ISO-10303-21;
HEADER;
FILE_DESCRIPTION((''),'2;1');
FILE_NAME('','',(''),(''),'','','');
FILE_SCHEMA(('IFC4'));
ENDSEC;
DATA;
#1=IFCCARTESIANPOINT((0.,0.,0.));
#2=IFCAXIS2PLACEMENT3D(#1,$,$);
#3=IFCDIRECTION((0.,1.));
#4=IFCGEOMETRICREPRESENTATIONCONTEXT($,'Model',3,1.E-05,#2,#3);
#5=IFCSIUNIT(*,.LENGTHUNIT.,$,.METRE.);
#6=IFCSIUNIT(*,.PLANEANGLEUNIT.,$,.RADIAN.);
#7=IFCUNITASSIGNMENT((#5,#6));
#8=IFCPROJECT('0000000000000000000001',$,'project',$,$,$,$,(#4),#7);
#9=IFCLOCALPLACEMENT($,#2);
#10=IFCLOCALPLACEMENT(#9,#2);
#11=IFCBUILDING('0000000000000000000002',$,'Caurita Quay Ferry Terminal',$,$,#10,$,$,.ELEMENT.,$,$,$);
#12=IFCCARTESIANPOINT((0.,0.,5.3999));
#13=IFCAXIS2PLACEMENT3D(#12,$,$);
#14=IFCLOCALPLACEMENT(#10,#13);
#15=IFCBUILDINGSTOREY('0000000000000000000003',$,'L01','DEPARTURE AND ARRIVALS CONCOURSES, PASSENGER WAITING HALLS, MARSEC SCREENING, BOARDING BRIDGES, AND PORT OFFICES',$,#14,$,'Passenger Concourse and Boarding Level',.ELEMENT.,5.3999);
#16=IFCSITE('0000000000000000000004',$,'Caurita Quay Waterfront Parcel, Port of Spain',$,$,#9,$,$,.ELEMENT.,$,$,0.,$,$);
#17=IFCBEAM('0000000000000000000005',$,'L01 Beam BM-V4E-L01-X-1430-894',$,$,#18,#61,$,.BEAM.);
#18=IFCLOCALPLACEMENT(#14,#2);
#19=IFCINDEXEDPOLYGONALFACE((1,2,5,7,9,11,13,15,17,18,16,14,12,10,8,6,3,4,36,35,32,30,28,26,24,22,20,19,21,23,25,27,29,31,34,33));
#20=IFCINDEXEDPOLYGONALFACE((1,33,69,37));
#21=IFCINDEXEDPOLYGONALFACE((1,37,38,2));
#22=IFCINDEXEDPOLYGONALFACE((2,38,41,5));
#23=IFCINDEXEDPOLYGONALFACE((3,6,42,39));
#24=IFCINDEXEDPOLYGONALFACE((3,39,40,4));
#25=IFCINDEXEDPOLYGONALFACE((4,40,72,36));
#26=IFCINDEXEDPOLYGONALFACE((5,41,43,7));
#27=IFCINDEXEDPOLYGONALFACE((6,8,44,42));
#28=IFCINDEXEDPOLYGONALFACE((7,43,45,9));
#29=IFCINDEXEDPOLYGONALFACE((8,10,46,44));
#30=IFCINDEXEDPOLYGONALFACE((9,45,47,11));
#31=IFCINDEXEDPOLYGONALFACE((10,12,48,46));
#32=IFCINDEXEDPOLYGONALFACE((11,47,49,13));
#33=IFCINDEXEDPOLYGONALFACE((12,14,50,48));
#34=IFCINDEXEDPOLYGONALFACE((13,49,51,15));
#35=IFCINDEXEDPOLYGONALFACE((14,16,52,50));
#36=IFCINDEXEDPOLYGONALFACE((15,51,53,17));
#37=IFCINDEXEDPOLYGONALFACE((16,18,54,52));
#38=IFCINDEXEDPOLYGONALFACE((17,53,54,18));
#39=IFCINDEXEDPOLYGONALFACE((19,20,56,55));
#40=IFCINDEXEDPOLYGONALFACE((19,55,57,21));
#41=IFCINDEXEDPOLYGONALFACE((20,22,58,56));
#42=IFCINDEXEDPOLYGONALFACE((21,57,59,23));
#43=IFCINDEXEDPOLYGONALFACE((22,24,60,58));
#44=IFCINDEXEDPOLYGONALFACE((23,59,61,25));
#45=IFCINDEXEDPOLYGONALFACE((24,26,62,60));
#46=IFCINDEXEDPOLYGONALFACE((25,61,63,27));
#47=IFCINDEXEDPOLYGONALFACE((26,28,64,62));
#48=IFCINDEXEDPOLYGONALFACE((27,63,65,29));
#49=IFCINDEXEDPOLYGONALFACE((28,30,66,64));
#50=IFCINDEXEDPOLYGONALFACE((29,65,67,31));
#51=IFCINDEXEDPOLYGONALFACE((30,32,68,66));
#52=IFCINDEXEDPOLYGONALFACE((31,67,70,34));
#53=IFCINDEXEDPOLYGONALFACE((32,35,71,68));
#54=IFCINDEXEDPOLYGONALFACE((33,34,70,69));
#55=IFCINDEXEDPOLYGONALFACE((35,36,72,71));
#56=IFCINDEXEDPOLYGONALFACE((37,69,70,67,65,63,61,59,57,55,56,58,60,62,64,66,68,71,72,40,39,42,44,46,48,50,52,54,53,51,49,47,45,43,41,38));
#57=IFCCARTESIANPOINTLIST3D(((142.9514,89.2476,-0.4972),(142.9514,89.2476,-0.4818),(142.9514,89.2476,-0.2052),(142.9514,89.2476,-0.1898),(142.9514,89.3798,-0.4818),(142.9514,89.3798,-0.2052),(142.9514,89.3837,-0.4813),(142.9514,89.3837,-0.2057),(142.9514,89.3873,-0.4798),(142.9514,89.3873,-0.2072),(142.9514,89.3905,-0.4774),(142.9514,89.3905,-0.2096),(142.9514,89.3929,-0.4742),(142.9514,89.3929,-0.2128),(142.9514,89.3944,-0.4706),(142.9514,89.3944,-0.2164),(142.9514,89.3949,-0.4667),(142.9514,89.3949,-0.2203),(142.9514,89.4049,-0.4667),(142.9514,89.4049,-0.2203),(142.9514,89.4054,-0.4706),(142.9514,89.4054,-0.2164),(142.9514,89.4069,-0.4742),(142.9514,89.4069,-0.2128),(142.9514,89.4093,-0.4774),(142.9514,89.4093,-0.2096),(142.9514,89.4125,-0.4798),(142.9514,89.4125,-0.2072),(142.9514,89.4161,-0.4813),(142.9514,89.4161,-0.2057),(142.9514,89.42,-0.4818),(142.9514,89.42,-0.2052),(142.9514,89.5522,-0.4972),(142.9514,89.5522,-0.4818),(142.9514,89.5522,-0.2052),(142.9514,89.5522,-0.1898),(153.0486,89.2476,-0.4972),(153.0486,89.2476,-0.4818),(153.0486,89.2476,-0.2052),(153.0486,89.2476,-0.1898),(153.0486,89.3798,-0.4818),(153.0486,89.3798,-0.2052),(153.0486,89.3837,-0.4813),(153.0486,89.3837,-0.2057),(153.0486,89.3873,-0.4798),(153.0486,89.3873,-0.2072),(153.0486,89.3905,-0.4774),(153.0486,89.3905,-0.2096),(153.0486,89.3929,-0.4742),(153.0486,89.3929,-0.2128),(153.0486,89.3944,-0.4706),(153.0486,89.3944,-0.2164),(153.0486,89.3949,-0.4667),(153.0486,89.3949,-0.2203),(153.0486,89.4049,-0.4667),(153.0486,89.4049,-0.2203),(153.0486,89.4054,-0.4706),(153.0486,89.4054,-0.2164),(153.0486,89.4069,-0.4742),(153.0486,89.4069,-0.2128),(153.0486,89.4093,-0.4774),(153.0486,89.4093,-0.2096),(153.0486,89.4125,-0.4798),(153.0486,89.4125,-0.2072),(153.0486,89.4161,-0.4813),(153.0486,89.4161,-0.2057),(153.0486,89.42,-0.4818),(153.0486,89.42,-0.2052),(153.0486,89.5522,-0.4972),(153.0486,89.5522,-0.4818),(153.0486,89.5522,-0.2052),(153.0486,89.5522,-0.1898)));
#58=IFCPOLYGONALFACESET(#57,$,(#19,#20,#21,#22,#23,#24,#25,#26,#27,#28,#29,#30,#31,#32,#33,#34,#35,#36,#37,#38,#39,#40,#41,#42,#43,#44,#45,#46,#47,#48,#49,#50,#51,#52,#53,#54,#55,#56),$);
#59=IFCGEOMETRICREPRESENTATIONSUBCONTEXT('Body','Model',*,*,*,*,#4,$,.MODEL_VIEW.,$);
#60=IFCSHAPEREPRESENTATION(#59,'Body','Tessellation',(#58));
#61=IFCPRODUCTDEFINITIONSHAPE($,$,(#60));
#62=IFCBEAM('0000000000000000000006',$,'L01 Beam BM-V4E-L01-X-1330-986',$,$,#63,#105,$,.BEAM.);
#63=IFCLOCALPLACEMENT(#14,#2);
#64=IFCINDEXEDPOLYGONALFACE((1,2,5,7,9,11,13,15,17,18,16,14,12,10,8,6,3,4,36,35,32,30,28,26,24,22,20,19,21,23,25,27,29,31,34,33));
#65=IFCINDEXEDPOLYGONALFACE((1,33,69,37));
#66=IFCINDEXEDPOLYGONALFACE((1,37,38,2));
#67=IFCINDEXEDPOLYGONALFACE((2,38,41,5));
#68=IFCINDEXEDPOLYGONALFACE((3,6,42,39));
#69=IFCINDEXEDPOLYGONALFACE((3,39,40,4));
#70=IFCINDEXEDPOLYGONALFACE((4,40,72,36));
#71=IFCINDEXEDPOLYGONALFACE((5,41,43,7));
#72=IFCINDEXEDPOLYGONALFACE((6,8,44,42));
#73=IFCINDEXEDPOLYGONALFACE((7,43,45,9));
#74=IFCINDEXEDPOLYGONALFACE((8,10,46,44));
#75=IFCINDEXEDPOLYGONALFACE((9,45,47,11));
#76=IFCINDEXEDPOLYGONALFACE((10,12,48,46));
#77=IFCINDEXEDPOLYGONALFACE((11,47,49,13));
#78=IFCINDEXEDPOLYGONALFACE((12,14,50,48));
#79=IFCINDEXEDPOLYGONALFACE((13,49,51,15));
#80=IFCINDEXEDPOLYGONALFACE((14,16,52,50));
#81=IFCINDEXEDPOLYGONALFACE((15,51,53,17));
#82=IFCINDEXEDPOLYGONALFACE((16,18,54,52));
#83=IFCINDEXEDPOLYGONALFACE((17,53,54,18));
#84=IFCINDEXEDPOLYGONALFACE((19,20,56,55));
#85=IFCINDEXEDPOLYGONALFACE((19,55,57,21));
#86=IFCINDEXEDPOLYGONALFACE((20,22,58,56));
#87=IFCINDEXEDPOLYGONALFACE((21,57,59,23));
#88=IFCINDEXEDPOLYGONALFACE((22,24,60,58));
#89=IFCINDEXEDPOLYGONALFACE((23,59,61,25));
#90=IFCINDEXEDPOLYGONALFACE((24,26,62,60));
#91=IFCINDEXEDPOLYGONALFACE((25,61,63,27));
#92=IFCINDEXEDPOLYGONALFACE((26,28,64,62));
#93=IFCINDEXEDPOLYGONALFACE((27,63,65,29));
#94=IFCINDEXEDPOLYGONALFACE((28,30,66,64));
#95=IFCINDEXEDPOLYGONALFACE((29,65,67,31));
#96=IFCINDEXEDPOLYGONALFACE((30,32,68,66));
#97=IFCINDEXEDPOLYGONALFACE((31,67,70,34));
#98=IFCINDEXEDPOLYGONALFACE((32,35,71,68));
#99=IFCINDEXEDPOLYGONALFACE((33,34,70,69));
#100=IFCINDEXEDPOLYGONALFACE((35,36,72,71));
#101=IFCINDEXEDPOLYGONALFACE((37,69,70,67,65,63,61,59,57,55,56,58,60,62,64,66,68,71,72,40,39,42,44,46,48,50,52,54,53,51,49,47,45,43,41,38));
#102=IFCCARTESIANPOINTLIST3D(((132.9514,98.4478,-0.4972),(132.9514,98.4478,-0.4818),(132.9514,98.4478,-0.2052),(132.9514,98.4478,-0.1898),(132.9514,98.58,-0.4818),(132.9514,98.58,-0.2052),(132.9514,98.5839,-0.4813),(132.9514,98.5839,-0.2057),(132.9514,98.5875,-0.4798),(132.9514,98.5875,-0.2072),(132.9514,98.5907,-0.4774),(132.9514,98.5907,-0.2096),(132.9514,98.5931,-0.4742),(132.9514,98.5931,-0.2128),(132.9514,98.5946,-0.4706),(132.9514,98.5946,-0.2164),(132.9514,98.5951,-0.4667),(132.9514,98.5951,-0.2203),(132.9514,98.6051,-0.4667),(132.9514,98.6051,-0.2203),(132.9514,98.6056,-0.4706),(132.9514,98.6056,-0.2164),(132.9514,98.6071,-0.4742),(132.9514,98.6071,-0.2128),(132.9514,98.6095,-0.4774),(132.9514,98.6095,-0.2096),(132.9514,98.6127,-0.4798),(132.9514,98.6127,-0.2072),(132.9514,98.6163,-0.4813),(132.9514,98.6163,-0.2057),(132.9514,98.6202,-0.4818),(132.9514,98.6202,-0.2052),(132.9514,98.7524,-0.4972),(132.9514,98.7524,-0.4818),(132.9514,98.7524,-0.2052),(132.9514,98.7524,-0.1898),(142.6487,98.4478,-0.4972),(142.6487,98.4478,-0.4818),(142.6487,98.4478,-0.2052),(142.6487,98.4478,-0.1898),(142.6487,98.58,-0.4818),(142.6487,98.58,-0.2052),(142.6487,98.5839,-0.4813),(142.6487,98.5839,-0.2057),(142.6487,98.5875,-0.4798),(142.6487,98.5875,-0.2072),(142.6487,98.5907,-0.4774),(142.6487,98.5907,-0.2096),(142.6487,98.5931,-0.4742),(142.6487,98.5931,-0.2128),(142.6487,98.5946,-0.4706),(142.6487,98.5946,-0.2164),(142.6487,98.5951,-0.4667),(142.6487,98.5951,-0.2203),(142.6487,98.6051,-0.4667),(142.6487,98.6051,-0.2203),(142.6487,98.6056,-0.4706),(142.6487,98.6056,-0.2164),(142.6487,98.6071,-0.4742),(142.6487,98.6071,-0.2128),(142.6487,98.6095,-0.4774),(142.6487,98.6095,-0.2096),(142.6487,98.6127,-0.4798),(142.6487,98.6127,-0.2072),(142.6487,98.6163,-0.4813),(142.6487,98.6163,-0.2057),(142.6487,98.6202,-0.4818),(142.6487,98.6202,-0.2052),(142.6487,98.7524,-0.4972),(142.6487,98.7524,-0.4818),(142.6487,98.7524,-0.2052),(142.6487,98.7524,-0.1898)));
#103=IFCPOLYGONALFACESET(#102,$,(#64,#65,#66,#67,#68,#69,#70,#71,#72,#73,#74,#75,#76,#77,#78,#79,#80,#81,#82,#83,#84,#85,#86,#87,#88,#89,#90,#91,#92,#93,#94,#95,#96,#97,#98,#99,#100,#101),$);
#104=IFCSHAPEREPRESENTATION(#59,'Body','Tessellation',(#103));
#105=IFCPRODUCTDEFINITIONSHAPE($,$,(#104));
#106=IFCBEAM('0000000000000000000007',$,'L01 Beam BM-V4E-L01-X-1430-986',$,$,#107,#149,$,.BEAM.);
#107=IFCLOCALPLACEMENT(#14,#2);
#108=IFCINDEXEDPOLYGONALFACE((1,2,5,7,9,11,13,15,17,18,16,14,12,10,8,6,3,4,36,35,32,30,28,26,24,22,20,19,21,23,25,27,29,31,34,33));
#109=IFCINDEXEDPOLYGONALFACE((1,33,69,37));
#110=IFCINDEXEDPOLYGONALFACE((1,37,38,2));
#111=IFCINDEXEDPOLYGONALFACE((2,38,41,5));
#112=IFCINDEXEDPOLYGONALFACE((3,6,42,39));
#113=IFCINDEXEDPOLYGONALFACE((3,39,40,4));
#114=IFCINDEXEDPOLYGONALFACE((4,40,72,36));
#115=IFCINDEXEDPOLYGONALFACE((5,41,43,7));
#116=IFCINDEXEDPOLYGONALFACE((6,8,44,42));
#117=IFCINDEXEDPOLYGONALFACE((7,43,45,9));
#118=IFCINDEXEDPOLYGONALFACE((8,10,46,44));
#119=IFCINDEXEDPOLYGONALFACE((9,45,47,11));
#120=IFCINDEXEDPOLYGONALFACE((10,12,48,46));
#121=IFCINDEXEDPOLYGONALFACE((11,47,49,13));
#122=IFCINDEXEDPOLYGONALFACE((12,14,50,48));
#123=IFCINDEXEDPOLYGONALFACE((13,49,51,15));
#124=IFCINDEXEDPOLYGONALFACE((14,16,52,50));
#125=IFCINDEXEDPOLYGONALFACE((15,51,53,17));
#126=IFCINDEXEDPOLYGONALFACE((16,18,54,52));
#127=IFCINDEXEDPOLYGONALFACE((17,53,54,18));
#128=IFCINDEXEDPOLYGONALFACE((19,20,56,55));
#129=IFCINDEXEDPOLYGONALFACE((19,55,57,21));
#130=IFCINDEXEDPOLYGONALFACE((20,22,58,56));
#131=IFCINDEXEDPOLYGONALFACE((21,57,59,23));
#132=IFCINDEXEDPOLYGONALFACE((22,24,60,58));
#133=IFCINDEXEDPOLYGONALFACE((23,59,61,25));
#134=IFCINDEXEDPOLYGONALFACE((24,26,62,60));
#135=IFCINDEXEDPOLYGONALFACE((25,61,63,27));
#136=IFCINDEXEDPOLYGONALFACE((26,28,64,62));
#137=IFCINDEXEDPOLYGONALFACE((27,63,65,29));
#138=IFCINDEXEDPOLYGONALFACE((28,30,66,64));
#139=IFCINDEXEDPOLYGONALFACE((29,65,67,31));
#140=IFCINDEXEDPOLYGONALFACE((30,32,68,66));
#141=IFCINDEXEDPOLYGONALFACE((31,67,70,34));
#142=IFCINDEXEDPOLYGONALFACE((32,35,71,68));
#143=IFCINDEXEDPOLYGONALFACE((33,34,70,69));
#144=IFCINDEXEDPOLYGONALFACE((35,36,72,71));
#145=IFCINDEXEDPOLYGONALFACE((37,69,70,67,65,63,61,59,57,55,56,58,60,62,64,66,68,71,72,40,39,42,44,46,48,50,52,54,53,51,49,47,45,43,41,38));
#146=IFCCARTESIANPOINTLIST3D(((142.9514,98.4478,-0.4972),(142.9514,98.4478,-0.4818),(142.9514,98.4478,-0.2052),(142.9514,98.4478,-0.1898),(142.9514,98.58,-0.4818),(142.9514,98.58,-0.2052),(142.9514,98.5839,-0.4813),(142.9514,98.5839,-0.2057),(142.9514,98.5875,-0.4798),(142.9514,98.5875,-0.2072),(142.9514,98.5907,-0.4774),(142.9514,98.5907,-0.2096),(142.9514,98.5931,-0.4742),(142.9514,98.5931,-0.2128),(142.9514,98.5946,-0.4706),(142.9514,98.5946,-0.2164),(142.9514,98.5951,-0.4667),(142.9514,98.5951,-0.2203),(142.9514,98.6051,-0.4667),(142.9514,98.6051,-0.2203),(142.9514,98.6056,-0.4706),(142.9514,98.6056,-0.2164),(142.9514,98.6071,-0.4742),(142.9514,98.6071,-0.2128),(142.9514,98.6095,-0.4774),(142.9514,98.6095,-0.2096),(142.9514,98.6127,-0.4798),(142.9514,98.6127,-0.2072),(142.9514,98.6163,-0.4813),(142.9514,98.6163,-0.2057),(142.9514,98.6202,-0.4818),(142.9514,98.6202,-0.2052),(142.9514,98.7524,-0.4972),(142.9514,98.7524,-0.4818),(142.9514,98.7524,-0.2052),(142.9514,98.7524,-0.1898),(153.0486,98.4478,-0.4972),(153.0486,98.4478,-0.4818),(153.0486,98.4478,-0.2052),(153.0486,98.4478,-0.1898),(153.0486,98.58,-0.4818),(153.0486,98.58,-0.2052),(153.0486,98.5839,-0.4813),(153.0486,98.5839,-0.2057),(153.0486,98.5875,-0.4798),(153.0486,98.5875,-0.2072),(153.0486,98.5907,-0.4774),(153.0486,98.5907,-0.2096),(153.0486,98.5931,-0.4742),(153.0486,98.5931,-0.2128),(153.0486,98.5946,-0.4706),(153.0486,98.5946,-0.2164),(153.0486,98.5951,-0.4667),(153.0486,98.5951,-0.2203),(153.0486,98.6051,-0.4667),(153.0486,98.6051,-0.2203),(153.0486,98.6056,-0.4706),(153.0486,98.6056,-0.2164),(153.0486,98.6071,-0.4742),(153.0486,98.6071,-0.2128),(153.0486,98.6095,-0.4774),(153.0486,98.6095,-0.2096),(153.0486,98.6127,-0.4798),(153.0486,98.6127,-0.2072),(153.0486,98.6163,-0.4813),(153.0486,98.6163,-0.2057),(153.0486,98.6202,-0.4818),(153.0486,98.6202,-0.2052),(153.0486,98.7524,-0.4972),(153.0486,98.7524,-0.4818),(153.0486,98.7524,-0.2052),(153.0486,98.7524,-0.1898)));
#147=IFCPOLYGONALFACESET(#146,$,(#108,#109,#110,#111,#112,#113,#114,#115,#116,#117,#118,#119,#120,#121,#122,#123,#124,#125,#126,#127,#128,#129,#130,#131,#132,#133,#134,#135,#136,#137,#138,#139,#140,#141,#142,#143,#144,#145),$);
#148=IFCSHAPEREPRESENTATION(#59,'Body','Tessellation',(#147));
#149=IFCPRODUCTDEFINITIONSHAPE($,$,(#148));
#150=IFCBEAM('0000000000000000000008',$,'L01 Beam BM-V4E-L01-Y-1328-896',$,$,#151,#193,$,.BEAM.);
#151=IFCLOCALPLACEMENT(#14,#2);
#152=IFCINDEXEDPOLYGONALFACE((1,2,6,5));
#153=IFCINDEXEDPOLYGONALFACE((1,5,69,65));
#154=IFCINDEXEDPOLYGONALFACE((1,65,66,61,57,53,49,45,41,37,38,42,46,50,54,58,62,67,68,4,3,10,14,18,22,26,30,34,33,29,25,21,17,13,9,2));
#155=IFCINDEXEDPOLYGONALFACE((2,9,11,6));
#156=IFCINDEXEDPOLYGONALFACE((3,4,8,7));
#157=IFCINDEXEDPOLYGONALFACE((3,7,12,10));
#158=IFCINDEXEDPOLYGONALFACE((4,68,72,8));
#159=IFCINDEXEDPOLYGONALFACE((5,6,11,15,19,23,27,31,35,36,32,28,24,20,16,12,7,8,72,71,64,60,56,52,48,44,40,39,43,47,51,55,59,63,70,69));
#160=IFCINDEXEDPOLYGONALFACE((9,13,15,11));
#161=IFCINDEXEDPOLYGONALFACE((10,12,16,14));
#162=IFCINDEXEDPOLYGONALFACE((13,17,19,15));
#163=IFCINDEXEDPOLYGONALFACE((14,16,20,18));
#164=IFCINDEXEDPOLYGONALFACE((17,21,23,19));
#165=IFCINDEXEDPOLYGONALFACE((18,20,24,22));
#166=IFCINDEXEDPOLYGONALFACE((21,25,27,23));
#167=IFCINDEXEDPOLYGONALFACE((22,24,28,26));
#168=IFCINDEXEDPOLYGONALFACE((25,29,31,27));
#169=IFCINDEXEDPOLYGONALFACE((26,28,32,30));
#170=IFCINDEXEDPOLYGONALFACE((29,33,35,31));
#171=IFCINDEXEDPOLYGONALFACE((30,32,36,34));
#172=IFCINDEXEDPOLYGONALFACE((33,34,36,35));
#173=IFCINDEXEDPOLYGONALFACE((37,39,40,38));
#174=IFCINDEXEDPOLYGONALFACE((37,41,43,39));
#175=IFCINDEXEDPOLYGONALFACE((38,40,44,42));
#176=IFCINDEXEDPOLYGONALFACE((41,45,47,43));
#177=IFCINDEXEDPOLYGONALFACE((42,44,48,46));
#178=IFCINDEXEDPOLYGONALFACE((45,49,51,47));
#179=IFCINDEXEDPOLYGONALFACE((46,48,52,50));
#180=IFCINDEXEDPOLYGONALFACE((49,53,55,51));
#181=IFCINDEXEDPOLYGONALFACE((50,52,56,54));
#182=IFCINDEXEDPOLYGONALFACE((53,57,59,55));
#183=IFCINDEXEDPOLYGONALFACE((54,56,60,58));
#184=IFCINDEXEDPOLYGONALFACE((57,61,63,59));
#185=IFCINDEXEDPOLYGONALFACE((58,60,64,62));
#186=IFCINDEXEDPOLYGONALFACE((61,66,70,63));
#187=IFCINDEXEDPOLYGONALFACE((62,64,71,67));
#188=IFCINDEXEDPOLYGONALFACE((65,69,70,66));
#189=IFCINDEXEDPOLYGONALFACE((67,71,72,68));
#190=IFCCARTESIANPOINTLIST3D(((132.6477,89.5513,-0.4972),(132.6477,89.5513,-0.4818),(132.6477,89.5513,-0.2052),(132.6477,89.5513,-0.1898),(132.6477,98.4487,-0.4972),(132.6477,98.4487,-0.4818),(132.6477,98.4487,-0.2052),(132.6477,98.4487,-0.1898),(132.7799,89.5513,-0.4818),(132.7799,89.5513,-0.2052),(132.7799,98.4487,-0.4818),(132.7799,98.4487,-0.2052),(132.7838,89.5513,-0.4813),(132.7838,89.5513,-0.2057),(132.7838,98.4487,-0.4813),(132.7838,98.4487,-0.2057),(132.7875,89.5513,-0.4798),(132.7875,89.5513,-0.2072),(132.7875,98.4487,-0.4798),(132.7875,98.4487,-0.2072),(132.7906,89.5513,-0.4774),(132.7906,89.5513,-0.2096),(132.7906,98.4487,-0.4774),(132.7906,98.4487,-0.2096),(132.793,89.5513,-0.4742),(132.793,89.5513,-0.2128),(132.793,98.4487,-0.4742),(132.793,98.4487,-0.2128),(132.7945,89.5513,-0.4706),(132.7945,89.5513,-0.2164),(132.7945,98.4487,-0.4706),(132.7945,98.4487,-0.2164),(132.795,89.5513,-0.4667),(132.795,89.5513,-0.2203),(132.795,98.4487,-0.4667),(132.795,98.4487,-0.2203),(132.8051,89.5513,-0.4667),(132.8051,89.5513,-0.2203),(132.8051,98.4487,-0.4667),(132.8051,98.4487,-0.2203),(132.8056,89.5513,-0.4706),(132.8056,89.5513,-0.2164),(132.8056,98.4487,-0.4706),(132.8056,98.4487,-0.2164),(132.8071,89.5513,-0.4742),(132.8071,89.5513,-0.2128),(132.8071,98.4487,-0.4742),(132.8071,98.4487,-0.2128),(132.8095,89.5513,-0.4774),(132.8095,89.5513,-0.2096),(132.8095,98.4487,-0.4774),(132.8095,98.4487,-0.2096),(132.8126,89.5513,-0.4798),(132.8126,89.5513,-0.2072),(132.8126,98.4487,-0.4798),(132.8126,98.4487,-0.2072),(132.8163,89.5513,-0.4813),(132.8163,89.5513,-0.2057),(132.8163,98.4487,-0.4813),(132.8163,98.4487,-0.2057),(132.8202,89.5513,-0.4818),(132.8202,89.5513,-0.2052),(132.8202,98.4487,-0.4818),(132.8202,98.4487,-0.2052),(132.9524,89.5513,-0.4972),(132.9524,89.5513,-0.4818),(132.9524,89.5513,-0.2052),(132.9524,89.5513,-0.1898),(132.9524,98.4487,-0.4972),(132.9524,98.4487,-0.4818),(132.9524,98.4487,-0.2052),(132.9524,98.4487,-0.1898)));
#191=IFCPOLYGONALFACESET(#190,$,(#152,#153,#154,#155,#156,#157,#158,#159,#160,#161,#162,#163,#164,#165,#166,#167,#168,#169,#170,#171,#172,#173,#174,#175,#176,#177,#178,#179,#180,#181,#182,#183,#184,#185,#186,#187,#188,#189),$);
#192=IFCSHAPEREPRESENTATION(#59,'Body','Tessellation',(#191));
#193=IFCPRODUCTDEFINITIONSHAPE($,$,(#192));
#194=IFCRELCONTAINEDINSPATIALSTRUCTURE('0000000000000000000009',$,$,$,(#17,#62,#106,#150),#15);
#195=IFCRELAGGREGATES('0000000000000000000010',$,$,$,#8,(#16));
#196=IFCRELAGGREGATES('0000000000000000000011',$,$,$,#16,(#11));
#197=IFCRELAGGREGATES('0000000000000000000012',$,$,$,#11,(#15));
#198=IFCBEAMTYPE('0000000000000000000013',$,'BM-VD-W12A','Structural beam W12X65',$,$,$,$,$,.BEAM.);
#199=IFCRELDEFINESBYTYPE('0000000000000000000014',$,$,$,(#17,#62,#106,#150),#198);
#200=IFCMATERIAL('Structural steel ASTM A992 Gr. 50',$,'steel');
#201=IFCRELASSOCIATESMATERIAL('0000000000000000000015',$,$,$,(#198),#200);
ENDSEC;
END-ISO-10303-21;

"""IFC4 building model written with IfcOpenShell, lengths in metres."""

from ifc_helpers import new_model, si_unit, direction, frame, origin, origin_2d, place, context, subcontext, project, spatial, i_section, extrude, material, material_profile, profile_set, type_object, element, save


model = new_model("IFC4")

# Units and contexts
model_context = context("Model", 3, precision=1e-05, world=origin(), true_north=direction((0.0, 1.0)))
body_context = subcontext(model_context, "Body", "Model", "MODEL_VIEW")
ifc_project = project(units=[si_unit("LENGTHUNIT", "METRE"), si_unit("PLANEANGLEUNIT", "RADIAN")], contexts=[model_context])

# Site, building, storey
site_placement = place(None, origin())
site = spatial("IfcSite", under=ifc_project, at=site_placement, Name="Caurita Quay Waterfront Parcel, Port of Spain", CompositionType="ELEMENT", RefElevation=0.0)
building_placement = place(site_placement, origin())
building = spatial("IfcBuilding", under=site, at=building_placement, Name="Caurita Quay Ferry Terminal", CompositionType="ELEMENT")
storey_placement = place(building_placement, frame((0.0, 0.0, 5.3999)))
storey = spatial("IfcBuildingStorey", under=building, at=storey_placement, Name="L01", Description="DEPARTURE AND ARRIVALS CONCOURSES, PASSENGER WAITING HALLS, MARSEC SCREENING, BOARDING BRIDGES, AND PORT OFFICES", LongName="Passenger Concourse and Boarding Level", CompositionType="ELEMENT", Elevation=5.3999)

# Beams
ifc_material_1 = material(Name="Structural steel ASTM A992 Gr. 50", Category="steel")
ifc_material_profile_1 = material_profile(ifc_material_1, i_section(OverallWidth=0.3047, OverallDepth=0.3074, WebThickness=0.01, FlangeThickness=0.0154, FilletRadius=0.0151, at=origin_2d()), Name="W12X65")
ifc_profile_set_1 = profile_set([ifc_material_profile_1], Name="Structural steel ASTM A992 Gr. 50")
beam_type_1 = type_object("IfcBeamType", Name="BM-VD-W12A", Description="Structural beam W12X65", PredefinedType="BEAM", material=ifc_profile_set_1)
beam_1_placement = place(storey_placement, frame((142.9514, 89.3999, -0.3435), z_axis=(1.0, 0.0, 0.0), x_axis=(0.0, 1.0, 0.0)))
element("IfcBeam", 1, at=beam_1_placement, inside=storey, type_object=beam_type_1, Name="L01 Beam BM-V4E-L01-X-1430-894", PredefinedType="BEAM", context=body_context, shape_type="SweptSolid", body=[
    extrude(i_section(OverallWidth=0.3047, OverallDepth=0.3074, WebThickness=0.01, FlangeThickness=0.0154, FilletRadius=0.0151, at=origin_2d()), origin(), (0.0, 0.0, 1.0), 10.0972),
])
beam_2_placement = place(storey_placement, frame((132.9514, 98.6001, -0.3435), z_axis=(1.0, 0.0, 0.0), x_axis=(0.0, 1.0, 0.0)))
element("IfcBeam", 2, at=beam_2_placement, inside=storey, type_object=beam_type_1, Name="L01 Beam BM-V4E-L01-X-1330-986", PredefinedType="BEAM", context=body_context, shape_type="SweptSolid", body=[
    extrude(i_section(OverallWidth=0.3047, OverallDepth=0.3074, WebThickness=0.01, FlangeThickness=0.0154, FilletRadius=0.0151, at=origin_2d()), origin(), (0.0, 0.0, 1.0), 9.6973),
])
beam_3_placement = place(storey_placement, frame((142.9514, 98.6001, -0.3435), z_axis=(1.0, 0.0, 0.0), x_axis=(0.0, 1.0, 0.0)))
element("IfcBeam", 3, at=beam_3_placement, inside=storey, type_object=beam_type_1, Name="L01 Beam BM-V4E-L01-X-1430-986", PredefinedType="BEAM", context=body_context, shape_type="SweptSolid", body=[
    extrude(i_section(OverallWidth=0.3047, OverallDepth=0.3074, WebThickness=0.01, FlangeThickness=0.0154, FilletRadius=0.0151, at=origin_2d()), origin(), (0.0, 0.0, 1.0), 10.0972),
])
for number, where, z_axis, x_axis, name in (
    (4, (132.8, 89.5513, -0.3435), (0.0, 1.0, 0.0), (-1.0, 0.0, 0.0), "L01 Beam BM-V4E-L01-Y-1328-896"),
):
    element("IfcBeam", number, at=place(storey_placement, frame(where, z_axis=z_axis, x_axis=x_axis)), inside=storey, type_object=beam_type_1, Name=name, PredefinedType="BEAM", context=body_context, shape_type="SweptSolid", body=[
        extrude(i_section(OverallWidth=0.3047, OverallDepth=0.3074, WebThickness=0.01, FlangeThickness=0.0154, FilletRadius=0.0151, at=origin_2d()), origin(), (0.0, 0.0, 1.0), 8.8975),
    ])

save(model, "model.ifc")
